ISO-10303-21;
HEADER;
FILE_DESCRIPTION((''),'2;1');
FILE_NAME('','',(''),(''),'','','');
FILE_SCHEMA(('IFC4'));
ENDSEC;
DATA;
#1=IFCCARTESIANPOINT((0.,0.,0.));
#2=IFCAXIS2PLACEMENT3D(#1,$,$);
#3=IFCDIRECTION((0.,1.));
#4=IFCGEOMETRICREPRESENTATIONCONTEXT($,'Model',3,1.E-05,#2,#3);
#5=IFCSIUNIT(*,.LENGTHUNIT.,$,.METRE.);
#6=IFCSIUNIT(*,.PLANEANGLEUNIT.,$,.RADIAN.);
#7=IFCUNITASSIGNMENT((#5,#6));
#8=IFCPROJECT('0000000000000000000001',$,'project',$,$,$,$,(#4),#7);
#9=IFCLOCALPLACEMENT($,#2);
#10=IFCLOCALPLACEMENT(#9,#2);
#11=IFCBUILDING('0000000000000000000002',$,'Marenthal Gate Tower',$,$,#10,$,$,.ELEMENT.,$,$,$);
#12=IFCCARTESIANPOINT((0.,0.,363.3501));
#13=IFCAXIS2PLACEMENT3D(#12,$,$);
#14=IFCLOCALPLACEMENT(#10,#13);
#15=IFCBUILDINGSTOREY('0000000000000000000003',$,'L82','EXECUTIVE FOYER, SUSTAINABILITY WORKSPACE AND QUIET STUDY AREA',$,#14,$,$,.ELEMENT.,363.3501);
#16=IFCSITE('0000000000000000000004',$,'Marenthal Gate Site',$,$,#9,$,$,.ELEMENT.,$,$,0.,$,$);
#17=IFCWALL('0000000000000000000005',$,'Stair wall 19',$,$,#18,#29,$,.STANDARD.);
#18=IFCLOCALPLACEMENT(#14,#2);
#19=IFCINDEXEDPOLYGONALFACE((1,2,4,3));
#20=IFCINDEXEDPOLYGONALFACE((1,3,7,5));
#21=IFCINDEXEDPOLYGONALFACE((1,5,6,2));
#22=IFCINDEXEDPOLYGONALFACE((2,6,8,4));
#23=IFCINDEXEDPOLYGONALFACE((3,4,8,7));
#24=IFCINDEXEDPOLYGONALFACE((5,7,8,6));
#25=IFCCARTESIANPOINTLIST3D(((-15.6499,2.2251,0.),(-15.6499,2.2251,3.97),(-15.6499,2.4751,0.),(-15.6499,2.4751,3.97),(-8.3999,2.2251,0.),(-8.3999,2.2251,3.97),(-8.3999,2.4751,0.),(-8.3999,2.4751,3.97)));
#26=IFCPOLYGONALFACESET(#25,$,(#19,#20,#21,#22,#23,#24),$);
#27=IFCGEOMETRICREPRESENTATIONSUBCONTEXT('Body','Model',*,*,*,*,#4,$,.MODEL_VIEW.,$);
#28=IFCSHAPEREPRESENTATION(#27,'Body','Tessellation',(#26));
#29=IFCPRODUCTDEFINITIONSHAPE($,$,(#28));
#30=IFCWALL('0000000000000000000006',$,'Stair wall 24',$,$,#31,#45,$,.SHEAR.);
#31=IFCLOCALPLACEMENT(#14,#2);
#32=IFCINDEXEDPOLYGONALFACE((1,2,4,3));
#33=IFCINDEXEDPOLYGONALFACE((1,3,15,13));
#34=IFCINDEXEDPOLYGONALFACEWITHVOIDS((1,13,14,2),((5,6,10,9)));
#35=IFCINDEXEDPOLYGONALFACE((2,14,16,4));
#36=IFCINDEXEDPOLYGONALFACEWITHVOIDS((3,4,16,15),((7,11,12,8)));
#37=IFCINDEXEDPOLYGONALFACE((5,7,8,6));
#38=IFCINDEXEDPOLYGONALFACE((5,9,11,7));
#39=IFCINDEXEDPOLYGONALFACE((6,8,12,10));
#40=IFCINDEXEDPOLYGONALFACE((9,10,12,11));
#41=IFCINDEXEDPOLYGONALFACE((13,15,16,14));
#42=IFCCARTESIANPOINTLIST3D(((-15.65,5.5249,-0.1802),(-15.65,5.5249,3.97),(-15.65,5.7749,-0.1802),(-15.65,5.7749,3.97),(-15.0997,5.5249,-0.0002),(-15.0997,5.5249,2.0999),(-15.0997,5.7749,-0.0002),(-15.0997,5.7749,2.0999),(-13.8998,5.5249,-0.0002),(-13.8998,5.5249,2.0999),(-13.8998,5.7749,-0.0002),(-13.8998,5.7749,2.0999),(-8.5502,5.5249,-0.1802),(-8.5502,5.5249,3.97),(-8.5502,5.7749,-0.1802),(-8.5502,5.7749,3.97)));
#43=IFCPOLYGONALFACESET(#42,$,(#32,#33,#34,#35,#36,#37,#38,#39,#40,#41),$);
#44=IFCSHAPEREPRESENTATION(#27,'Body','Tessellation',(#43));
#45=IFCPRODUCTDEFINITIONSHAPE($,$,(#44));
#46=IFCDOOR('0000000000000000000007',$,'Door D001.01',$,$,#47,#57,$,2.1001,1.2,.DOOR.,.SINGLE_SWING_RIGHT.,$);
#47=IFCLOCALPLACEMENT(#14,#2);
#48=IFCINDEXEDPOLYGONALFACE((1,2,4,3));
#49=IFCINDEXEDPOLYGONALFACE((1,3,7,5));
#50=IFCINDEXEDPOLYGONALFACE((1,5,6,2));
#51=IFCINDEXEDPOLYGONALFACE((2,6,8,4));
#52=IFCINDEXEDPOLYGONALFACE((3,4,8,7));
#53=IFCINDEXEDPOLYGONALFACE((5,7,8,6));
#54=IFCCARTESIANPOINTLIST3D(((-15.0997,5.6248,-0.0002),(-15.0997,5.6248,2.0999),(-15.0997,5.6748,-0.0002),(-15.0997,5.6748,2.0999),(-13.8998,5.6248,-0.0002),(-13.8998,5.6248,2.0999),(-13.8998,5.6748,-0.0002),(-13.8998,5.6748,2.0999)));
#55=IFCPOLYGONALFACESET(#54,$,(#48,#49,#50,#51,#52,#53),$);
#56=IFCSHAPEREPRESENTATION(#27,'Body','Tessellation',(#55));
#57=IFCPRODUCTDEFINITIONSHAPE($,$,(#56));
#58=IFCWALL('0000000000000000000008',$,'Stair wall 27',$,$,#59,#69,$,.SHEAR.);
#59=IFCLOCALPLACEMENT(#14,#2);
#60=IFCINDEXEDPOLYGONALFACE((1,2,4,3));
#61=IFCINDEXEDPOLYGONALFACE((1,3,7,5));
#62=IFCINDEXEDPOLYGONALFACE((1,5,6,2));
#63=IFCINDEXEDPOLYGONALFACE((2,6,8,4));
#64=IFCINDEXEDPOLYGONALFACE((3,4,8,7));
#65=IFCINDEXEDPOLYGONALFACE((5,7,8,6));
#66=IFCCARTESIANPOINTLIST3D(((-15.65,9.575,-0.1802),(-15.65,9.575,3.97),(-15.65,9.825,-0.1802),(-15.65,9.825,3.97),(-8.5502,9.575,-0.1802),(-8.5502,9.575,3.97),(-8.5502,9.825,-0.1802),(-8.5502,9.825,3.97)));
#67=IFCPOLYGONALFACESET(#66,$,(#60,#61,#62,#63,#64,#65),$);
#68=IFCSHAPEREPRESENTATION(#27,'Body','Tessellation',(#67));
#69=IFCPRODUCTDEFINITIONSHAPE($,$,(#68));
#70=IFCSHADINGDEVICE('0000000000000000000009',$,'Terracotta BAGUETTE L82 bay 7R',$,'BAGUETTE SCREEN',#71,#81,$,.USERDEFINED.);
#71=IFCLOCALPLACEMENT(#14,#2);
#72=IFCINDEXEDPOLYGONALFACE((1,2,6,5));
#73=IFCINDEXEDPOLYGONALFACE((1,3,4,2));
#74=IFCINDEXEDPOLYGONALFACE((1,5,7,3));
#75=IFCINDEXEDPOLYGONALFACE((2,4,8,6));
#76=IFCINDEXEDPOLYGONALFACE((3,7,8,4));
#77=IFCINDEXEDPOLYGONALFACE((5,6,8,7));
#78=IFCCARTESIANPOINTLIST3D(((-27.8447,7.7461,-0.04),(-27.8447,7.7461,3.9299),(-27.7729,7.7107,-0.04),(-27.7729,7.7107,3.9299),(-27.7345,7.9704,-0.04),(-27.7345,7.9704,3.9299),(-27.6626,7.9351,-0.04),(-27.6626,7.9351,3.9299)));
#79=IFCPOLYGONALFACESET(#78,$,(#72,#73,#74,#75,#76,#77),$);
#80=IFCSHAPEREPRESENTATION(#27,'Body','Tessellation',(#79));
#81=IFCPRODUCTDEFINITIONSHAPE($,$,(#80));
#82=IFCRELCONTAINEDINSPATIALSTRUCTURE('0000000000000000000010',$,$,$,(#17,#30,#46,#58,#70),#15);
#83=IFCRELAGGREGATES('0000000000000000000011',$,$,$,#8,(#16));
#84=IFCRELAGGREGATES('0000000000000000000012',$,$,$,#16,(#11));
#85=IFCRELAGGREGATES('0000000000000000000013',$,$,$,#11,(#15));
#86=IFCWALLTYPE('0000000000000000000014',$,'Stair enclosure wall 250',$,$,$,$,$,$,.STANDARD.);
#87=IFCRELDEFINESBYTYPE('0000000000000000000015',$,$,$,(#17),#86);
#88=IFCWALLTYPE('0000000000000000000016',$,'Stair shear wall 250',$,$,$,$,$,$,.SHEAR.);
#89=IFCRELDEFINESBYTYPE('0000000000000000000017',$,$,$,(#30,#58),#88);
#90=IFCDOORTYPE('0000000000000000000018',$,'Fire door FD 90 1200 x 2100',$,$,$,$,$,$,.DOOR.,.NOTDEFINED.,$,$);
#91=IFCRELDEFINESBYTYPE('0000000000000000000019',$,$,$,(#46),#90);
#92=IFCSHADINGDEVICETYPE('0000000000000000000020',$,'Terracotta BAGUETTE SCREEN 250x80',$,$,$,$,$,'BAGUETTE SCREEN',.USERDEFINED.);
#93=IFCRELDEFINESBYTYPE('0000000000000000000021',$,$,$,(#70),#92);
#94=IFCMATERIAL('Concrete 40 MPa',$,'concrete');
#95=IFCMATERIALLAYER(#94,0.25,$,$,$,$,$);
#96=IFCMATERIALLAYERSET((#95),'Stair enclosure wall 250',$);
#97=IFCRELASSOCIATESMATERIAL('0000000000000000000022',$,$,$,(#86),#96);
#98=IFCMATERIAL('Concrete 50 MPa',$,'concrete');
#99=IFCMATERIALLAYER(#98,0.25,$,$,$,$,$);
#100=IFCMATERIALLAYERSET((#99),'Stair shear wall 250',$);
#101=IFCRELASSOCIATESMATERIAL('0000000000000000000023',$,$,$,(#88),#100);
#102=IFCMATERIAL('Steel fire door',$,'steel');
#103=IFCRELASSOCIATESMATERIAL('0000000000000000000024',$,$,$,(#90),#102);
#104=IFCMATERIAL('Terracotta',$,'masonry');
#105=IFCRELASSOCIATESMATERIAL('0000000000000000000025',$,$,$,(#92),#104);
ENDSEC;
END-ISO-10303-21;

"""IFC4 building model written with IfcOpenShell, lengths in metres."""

from ifc_helpers import new_model, si_unit, direction, frame, frame_2d, origin, origin_2d, place, context, subcontext, project, spatial, rectangle, extrude, material, layer, layer_set, material_profile, profile_set, type_object, element, fill, save


model = new_model("IFC4")

# Units and contexts
model_context = context("Model", 3, precision=1e-05, world=origin(), true_north=direction((0.0, 1.0)))
body_context = subcontext(model_context, "Body", "Model", "MODEL_VIEW")
ifc_project = project(units=[si_unit("LENGTHUNIT", "METRE"), si_unit("PLANEANGLEUNIT", "RADIAN")], contexts=[model_context])

# Site, building, storey
site_placement = place(None, origin())
site = spatial("IfcSite", under=ifc_project, at=site_placement, Name="Marenthal Gate Site", CompositionType="ELEMENT", RefElevation=0.0)
building_placement = place(site_placement, origin())
building = spatial("IfcBuilding", under=site, at=building_placement, Name="Marenthal Gate Tower", CompositionType="ELEMENT")
storey_placement = place(building_placement, frame((0.0, 0.0, 363.3501)))
storey = spatial("IfcBuildingStorey", under=building, at=storey_placement, Name="L82", Description="EXECUTIVE FOYER, SUSTAINABILITY WORKSPACE AND QUIET STUDY AREA", CompositionType="ELEMENT", Elevation=363.3501)

# Wall
ifc_material_1 = material(Name="Concrete 40 MPa", Category="concrete")
ifc_layer_1 = layer(ifc_material_1, 0.25)
ifc_layer_set_1 = layer_set([ifc_layer_1], Name="Stair enclosure wall 250")
wall_type_1 = type_object("IfcWallType", Name="Stair enclosure wall 250", PredefinedType="STANDARD", material=ifc_layer_set_1)
wall_1_placement = place(storey_placement, frame((-15.6499, 2.3501, 0.0), z_axis=(0.0, 0.0, 1.0), x_axis=(1.0, 0.0, 0.0)))
element("IfcWall", 1, at=wall_1_placement, inside=storey, type_object=wall_type_1, Name="Stair wall 19", PredefinedType="STANDARD", context=body_context, shape_type="SweptSolid", body=[
    extrude(rectangle(XDim=7.25, YDim=0.25, at=frame_2d((3.625, 0.0))), origin(), (0.0, 0.0, 1.0), 3.97),
])

# Wall, opening, door
ifc_material_2 = material(Name="Concrete 50 MPa", Category="concrete")
ifc_layer_2 = layer(ifc_material_2, 0.25)
ifc_layer_set_2 = layer_set([ifc_layer_2], Name="Stair shear wall 250")
wall_type_2 = type_object("IfcWallType", Name="Stair shear wall 250", PredefinedType="SHEAR", material=ifc_layer_set_2)
wall_2_placement = place(storey_placement, frame((-15.6499, 5.6499, -0.1802), z_axis=(0.0, 0.0, 1.0), x_axis=(1.0, 0.0, 0.0)))
wall_2 = element("IfcWall", 2, at=wall_2_placement, inside=storey, type_object=wall_type_2, Name="Stair wall 24", PredefinedType="SHEAR", context=body_context, shape_type="SweptSolid", body=[
    extrude(rectangle(XDim=7.0999, YDim=0.25, at=frame_2d((3.5498, 0.0))), origin(), (0.0, 0.0, 1.0), 4.1501),
])
opening_placement = place(wall_2_placement, frame((0.55, 0.0, 0.1799)))
opening = element("IfcOpeningElement", 3, at=opening_placement, cuts=wall_2, PredefinedType="OPENING", context=body_context, shape_type="SweptSolid", body=[
    extrude(rectangle(XDim=1.2, YDim=2.1001, at=frame_2d((0.6001, 1.05))), frame((0.0, 0.135, 0.0), z_axis=(0.0, -1.0, 0.0), x_axis=(1.0, 0.0, 0.0)), (0.0, 0.0, 1.0), 0.27),
])
ifc_material_3 = material(Name="Steel fire door", Category="steel")
door_type = type_object("IfcDoorType", Name="Fire door FD 90 1200 x 2100", OperationType="NOTDEFINED", PredefinedType="DOOR", material=ifc_material_3)
door_placement = place(opening_placement, origin())
door = element("IfcDoor", 4, at=door_placement, inside=storey, type_object=door_type, Name="Door D001.01", OperationType="SINGLE_SWING_RIGHT", OverallHeight=2.1001, OverallWidth=1.2, PredefinedType="DOOR", context=body_context, shape_type="SweptSolid", body=[
    extrude(rectangle(XDim=1.2, YDim=2.1001, at=frame_2d((0.6001, 1.05))), frame((0.0, 0.0249, 0.0), z_axis=(0.0, -1.0, 0.0), x_axis=(1.0, 0.0, 0.0)), (0.0, 0.0, 1.0), 0.05),
])
fill(opening, door)

# Wall
wall_3_placement = place(storey_placement, frame((-15.6499, 9.7, -0.1802), z_axis=(0.0, 0.0, 1.0), x_axis=(1.0, 0.0, 0.0)))
element("IfcWall", 5, at=wall_3_placement, inside=storey, type_object=wall_type_2, Name="Stair wall 27", PredefinedType="SHEAR", context=body_context, shape_type="SweptSolid", body=[
    extrude(rectangle(XDim=7.0999, YDim=0.25, at=frame_2d((3.5498, 0.0))), origin(), (0.0, 0.0, 1.0), 4.1501),
])

# Shading device
ifc_material_4 = material(Name="Terracotta", Category="masonry")
ifc_material_profile_1 = material_profile(ifc_material_4, rectangle(XDim=0.25, YDim=0.0801, at=origin_2d()), Name="Terracotta baguette 250x80")
ifc_profile_set_1 = profile_set([ifc_material_profile_1], Name="Terracotta")
shading_device_type = type_object("IfcShadingDeviceType", Name="Terracotta BAGUETTE SCREEN 250x80", ElementType="BAGUETTE SCREEN", PredefinedType="USERDEFINED", material=ifc_profile_set_1)
shading_device_placement = place(storey_placement, frame((-27.7537, 7.8406, -0.04), z_axis=(0.0, 0.0, 1.0), x_axis=(-0.441063, -0.897476, 0.0)))
element("IfcShadingDevice", 6, at=shading_device_placement, inside=storey, type_object=shading_device_type, Name="Terracotta BAGUETTE L82 bay 7R", ObjectType="BAGUETTE SCREEN", PredefinedType="USERDEFINED", context=body_context, shape_type="SweptSolid", body=[
    extrude(rectangle(XDim=0.25, YDim=0.0801, at=origin_2d()), origin(), (0.0, 0.0, 1.0), 3.97),
])

save(model, "model.ifc")
